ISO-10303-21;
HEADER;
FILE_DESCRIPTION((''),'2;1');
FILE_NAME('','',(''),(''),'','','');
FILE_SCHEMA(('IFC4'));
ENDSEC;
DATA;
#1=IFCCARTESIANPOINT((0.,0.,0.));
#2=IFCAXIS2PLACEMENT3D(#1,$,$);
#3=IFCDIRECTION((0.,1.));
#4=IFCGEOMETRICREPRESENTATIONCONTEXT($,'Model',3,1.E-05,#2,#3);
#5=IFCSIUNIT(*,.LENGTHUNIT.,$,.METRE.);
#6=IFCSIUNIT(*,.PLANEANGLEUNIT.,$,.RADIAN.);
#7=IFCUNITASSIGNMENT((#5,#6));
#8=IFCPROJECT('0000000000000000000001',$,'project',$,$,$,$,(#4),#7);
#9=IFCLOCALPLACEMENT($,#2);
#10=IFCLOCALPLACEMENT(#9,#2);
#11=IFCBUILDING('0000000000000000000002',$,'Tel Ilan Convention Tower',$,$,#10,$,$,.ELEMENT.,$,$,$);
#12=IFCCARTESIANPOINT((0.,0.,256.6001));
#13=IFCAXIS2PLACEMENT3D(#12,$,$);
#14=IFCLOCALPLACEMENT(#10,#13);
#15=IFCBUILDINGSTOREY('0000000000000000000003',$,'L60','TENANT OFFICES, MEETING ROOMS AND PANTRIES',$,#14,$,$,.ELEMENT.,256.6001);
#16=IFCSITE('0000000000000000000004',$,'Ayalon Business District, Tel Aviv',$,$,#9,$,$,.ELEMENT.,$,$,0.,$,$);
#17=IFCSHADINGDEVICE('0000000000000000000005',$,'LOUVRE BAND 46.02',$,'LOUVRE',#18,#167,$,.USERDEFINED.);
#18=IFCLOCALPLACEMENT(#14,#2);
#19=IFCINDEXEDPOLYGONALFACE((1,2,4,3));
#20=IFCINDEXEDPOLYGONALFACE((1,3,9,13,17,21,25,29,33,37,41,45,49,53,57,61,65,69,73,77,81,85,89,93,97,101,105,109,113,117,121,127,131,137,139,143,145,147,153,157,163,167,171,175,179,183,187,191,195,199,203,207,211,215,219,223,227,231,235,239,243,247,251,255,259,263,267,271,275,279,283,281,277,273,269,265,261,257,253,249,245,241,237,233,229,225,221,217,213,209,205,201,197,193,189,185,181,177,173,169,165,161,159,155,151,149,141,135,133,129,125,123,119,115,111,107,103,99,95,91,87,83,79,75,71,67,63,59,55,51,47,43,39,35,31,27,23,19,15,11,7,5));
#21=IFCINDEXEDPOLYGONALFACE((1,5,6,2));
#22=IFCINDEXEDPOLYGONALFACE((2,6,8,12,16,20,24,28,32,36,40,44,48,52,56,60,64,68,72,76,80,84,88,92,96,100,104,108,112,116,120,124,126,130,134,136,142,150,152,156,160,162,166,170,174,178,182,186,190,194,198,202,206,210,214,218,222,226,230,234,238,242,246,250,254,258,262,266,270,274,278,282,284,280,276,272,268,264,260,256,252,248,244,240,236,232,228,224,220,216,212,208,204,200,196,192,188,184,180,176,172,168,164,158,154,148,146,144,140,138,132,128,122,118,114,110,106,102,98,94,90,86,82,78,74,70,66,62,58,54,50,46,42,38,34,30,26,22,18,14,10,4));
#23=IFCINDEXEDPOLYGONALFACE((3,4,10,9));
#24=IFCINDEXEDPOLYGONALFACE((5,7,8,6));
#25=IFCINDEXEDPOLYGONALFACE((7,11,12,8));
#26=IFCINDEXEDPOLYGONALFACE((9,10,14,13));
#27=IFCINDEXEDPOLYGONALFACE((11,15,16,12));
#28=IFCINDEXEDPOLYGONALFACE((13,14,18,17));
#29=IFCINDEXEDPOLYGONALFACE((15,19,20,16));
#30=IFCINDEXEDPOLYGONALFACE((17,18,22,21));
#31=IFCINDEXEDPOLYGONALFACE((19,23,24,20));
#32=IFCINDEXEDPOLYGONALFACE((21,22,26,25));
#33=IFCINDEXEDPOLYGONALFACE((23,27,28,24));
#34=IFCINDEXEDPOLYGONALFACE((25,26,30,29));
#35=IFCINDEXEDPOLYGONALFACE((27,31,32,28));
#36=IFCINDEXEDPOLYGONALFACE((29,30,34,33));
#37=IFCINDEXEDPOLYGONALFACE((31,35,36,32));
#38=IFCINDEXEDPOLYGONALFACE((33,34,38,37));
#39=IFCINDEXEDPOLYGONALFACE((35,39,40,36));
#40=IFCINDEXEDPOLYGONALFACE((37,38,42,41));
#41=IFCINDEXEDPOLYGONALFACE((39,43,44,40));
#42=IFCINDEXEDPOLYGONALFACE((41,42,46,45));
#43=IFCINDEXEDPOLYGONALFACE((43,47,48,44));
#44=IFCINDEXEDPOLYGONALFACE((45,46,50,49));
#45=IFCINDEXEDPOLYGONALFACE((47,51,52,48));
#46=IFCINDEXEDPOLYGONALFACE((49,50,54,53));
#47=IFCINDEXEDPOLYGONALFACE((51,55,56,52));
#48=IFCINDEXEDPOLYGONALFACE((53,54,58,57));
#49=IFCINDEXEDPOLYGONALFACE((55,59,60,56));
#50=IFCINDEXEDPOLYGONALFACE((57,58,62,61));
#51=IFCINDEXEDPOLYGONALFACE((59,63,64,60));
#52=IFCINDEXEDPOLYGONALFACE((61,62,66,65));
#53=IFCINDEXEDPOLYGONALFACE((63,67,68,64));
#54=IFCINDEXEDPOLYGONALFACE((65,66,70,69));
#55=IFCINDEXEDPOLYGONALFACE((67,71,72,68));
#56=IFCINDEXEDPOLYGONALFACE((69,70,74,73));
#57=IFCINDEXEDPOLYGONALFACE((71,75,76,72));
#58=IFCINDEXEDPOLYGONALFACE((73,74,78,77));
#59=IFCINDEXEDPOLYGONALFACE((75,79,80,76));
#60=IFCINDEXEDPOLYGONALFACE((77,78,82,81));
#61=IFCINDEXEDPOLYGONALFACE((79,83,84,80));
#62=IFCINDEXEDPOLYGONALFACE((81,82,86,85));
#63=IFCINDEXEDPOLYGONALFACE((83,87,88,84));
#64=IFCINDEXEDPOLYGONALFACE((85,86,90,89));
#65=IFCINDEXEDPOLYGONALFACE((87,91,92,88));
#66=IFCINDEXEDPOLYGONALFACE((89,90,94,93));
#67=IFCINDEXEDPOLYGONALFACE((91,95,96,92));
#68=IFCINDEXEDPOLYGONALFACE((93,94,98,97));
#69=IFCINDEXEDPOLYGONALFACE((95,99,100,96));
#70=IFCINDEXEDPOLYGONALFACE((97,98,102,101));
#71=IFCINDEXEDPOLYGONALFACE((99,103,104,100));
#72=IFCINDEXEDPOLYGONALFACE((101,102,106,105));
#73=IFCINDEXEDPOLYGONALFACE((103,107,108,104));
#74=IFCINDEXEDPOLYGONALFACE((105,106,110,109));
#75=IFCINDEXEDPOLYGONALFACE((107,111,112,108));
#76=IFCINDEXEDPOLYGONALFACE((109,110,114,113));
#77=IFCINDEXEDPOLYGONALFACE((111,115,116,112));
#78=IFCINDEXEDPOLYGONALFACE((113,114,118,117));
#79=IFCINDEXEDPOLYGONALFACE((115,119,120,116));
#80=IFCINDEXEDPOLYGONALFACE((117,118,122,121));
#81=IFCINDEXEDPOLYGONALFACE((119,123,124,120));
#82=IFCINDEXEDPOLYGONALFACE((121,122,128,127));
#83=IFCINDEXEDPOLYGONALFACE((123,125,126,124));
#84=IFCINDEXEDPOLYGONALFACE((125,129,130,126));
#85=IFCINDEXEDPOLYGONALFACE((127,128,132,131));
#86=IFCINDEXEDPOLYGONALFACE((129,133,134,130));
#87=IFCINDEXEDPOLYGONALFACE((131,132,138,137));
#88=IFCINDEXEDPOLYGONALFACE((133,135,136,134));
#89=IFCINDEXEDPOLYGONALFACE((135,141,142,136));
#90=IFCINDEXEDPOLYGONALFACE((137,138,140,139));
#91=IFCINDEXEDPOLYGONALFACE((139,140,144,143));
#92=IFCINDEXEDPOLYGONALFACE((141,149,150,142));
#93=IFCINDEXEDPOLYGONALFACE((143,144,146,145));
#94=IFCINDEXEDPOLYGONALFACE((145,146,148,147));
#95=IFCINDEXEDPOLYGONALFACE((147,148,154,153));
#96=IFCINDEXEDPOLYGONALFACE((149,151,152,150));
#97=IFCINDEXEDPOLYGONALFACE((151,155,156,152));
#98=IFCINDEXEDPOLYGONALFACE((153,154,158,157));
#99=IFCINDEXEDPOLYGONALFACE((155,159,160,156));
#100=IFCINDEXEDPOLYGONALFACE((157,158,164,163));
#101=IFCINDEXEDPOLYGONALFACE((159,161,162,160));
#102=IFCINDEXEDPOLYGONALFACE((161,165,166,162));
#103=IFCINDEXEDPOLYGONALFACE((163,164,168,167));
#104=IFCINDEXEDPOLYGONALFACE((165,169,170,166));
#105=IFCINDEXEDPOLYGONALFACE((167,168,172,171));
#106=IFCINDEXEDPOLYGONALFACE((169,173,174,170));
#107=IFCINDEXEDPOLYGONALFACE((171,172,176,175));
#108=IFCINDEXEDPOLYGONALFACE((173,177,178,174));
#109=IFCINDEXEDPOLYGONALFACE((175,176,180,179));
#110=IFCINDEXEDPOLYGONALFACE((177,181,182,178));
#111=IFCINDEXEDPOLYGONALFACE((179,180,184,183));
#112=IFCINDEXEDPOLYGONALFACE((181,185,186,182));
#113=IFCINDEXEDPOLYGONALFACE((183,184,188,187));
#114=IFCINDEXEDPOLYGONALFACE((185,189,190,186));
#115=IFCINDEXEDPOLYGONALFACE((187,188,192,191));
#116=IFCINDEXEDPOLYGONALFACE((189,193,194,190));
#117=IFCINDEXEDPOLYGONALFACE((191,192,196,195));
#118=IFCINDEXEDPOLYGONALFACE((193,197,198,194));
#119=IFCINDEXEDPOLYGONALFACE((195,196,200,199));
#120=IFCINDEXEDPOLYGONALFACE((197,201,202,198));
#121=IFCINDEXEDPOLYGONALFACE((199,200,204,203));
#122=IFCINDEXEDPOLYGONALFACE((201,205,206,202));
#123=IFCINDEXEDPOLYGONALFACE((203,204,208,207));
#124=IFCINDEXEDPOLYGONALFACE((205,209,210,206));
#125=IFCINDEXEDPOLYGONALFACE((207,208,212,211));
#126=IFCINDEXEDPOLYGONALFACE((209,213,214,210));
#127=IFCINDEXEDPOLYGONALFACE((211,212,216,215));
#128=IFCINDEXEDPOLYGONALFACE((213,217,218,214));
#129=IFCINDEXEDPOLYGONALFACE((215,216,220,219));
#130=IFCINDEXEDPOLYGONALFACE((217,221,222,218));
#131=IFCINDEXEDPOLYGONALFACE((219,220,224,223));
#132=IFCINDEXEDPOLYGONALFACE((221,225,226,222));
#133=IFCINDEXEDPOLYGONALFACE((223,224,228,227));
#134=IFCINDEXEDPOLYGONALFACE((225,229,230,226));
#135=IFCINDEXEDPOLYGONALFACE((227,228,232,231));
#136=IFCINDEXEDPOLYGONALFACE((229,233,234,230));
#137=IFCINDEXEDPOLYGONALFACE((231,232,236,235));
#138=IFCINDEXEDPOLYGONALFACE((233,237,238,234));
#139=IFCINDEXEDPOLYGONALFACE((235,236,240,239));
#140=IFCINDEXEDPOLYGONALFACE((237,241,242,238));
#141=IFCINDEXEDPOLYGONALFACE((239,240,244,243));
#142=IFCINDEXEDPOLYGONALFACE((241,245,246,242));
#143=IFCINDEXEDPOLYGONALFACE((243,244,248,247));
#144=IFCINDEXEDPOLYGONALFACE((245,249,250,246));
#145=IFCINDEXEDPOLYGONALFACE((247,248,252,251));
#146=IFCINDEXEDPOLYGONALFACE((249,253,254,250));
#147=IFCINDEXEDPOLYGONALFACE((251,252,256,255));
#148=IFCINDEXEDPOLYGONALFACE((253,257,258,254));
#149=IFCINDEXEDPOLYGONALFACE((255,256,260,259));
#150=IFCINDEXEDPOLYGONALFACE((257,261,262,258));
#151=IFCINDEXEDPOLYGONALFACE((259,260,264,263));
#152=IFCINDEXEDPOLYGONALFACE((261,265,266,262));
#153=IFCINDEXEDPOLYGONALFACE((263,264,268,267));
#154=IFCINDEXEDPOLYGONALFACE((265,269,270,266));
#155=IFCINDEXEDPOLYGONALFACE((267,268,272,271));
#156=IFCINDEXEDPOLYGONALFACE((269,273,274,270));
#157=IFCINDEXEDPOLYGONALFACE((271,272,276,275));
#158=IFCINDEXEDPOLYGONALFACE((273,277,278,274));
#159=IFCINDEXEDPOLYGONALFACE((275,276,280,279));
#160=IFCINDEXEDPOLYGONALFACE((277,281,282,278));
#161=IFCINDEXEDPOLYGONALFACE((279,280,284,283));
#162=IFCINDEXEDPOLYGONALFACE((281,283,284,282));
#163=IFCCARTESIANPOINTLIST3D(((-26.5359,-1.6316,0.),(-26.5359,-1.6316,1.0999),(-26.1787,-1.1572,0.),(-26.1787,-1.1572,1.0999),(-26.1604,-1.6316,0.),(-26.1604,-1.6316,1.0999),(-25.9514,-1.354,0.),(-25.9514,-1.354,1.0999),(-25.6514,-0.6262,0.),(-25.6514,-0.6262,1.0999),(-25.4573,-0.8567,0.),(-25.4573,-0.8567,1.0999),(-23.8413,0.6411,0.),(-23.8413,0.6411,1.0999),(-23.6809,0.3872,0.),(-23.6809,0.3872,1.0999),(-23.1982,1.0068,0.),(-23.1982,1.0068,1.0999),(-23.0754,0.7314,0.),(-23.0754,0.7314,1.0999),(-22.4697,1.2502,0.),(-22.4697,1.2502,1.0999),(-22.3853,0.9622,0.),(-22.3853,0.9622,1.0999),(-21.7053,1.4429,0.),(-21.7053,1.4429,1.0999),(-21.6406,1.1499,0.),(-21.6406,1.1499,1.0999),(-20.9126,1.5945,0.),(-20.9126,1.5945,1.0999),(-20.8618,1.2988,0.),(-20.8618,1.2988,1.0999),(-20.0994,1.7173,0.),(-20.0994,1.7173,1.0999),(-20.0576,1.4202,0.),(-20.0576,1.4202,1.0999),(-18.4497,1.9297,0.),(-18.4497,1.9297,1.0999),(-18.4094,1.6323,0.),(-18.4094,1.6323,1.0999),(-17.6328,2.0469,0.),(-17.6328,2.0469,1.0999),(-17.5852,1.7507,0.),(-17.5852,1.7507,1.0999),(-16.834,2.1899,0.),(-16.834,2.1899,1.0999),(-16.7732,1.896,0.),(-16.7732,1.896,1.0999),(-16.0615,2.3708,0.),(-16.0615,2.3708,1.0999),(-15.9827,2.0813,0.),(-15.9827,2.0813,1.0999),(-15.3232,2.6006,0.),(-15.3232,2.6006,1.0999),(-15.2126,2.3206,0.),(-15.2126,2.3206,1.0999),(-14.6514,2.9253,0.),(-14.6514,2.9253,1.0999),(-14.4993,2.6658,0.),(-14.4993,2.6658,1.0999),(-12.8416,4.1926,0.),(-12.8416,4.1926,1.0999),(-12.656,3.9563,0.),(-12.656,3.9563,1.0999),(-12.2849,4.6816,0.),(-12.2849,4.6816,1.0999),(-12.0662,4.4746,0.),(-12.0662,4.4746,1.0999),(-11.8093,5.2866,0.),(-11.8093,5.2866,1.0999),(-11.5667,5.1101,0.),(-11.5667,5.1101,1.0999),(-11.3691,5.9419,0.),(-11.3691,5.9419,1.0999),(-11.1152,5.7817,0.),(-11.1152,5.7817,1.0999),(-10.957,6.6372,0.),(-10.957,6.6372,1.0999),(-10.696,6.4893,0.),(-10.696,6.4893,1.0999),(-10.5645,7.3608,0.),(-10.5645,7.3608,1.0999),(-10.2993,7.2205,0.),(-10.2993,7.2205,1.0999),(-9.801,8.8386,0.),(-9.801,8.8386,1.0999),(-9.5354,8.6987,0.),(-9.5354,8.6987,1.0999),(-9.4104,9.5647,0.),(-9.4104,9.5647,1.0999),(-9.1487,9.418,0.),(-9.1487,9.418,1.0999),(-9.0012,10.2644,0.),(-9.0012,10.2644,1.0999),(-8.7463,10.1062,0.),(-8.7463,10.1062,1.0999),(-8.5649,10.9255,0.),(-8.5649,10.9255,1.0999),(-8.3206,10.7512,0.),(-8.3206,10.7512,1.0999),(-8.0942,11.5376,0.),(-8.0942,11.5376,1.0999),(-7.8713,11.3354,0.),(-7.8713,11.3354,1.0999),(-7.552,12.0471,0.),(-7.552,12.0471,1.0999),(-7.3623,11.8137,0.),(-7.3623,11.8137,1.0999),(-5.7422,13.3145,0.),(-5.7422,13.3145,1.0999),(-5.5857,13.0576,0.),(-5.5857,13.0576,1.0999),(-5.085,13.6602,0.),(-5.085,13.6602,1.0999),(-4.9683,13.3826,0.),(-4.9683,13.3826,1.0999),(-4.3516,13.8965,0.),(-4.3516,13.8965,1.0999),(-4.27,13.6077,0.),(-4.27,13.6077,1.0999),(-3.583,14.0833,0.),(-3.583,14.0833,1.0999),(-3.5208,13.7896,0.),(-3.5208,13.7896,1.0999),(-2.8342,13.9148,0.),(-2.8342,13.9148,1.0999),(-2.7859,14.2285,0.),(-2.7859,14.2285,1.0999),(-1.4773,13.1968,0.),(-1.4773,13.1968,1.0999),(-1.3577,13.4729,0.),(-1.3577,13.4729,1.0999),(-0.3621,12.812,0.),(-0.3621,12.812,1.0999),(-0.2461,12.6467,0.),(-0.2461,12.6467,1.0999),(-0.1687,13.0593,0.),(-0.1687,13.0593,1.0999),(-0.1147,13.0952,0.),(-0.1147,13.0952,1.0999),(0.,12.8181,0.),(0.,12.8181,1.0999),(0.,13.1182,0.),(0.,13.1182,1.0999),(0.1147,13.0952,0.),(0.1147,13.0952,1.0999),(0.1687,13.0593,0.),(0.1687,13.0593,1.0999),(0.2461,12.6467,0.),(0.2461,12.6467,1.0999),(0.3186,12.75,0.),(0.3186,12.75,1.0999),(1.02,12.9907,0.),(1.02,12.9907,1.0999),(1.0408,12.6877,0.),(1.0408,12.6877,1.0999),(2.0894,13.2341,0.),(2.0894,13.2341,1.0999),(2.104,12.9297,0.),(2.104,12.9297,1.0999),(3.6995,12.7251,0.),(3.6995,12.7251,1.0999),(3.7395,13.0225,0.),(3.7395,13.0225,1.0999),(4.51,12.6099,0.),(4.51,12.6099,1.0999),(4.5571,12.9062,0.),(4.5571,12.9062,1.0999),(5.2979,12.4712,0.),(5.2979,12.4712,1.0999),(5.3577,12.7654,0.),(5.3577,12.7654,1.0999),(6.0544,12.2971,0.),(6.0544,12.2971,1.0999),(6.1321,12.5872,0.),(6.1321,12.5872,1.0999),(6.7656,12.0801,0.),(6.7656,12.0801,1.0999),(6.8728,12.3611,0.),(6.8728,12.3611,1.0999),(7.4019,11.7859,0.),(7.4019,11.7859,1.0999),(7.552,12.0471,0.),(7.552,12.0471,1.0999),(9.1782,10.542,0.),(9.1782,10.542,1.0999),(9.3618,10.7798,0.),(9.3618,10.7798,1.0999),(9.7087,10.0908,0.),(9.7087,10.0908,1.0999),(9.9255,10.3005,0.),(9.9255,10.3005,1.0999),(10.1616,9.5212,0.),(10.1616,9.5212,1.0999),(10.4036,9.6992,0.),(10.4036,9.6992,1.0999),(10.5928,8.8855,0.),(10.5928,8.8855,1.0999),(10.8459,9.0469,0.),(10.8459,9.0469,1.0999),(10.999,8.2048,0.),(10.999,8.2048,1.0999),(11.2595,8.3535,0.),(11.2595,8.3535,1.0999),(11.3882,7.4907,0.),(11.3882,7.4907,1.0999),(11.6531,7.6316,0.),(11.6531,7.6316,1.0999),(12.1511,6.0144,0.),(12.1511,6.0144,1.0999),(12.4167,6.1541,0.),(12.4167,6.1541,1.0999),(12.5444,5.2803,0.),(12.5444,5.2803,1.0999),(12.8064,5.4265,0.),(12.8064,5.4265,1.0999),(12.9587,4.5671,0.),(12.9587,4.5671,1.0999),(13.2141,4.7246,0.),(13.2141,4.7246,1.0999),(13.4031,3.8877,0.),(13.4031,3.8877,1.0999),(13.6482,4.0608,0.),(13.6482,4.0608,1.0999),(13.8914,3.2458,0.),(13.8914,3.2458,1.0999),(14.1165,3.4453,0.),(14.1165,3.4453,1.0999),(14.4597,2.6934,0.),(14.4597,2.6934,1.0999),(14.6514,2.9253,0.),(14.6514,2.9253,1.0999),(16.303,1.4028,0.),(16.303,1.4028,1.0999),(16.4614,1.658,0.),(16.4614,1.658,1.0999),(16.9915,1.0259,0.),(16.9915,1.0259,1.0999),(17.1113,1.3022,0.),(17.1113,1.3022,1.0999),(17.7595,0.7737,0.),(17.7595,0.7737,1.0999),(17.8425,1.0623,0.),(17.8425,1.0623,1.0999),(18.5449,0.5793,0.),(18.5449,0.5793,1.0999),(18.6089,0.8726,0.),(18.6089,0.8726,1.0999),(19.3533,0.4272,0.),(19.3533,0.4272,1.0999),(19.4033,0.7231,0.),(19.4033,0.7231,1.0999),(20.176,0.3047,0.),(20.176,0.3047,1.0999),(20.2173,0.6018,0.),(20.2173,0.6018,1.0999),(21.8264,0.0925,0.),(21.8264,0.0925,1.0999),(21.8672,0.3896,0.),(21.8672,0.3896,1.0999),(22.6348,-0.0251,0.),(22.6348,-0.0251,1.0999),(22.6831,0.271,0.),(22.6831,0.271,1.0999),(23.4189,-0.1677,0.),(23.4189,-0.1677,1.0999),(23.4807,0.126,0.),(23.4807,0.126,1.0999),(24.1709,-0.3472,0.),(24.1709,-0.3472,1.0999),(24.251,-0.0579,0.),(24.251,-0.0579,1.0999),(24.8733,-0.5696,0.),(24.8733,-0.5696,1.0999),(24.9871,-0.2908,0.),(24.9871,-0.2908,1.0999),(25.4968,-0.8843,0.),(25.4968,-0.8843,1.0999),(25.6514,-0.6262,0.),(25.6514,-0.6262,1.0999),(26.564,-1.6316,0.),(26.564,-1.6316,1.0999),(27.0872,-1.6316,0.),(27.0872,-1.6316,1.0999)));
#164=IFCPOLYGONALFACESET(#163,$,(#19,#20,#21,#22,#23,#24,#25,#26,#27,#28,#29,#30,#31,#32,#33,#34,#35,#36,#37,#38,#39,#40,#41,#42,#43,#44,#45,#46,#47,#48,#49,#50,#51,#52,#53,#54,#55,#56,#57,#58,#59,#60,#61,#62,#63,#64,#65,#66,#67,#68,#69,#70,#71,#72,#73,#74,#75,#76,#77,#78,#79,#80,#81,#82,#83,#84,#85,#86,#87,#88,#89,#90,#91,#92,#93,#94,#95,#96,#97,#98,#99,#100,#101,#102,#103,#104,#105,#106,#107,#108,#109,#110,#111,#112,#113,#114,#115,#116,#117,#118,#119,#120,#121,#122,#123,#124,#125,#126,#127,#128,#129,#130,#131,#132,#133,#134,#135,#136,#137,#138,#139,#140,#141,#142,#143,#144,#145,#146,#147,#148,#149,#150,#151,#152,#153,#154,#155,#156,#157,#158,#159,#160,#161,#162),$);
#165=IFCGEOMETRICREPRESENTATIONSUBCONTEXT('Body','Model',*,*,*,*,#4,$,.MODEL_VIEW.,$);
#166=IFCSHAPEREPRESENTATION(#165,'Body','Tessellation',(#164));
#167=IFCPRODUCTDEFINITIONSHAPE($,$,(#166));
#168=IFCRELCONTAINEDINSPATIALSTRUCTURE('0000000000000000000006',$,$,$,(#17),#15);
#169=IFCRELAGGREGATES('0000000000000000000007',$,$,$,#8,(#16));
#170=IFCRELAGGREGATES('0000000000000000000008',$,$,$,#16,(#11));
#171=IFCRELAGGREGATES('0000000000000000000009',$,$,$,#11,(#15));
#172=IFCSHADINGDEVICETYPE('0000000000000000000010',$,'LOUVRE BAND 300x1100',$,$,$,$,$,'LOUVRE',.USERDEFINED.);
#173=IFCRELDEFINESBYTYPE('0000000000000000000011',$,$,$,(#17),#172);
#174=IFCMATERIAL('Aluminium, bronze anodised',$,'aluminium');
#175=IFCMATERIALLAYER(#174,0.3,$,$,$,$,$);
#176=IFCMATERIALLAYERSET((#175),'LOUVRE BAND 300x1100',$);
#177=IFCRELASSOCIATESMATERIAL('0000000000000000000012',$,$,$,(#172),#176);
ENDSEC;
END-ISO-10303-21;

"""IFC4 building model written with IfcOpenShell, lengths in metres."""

from ifc_helpers import new_model, si_unit, direction, frame, origin, place, context, subcontext, project, spatial, polyline, outline, extrude, material, layer, layer_set, type_object, element, save


model = new_model("IFC4")

# Units and contexts
model_context = context("Model", 3, precision=1e-05, world=origin(), true_north=direction((0.0, 1.0)))
body_context = subcontext(model_context, "Body", "Model", "MODEL_VIEW")
ifc_project = project(units=[si_unit("LENGTHUNIT", "METRE"), si_unit("PLANEANGLEUNIT", "RADIAN")], contexts=[model_context])

# Site, building, storey
site_placement = place(None, origin())
site = spatial("IfcSite", under=ifc_project, at=site_placement, Name="Ayalon Business District, Tel Aviv", CompositionType="ELEMENT", RefElevation=0.0)
building_placement = place(site_placement, origin())
building = spatial("IfcBuilding", under=site, at=building_placement, Name="Tel Ilan Convention Tower", CompositionType="ELEMENT")
storey_placement = place(building_placement, frame((0.0, 0.0, 256.6001)))
storey = spatial("IfcBuildingStorey", under=building, at=storey_placement, Name="L60", Description="TENANT OFFICES, MEETING ROOMS AND PANTRIES", CompositionType="ELEMENT", Elevation=256.6001)

# Shading device
ifc_material_1 = material(Name="Aluminium, bronze anodised", Category="aluminium")
ifc_layer_1 = layer(ifc_material_1, 0.3)
ifc_layer_set_1 = layer_set([ifc_layer_1], Name="LOUVRE BAND 300x1100")
shading_device_type_1 = type_object("IfcShadingDeviceType", Name="LOUVRE BAND 300x1100", ElementType="LOUVRE", PredefinedType="USERDEFINED", material=ifc_layer_set_1)
shading_device_1_placement = place(storey_placement, origin())
element("IfcShadingDevice", 1, at=shading_device_1_placement, inside=storey, type_object=shading_device_type_1, Name="LOUVRE BAND 46.02", ObjectType="LOUVRE", PredefinedType="USERDEFINED", context=body_context, shape_type="SweptSolid", body=[
    extrude(outline(polyline([(-26.1787, -1.1572), (-26.5359, -1.6316), (-26.1604, -1.6316), (-25.9514, -1.354), (-25.4573, -0.8567), (-23.6809, 0.3872), (-23.0754, 0.7314), (-22.3853, 0.9622), (-21.6406, 1.1499), (-20.8618, 1.2988), (-20.0576, 1.4202), (-18.4094, 1.6323), (-17.5852, 1.7507), (-16.7732, 1.896), (-15.9827, 2.0813), (-15.2126, 2.3206), (-14.4993, 2.6658), (-12.656, 3.9563), (-12.0662, 4.4746), (-11.5667, 5.1101), (-11.1152, 5.7817), (-10.696, 6.4893), (-10.2993, 7.2205), (-9.5354, 8.6987), (-9.1487, 9.418), (-8.7463, 10.1062), (-8.3206, 10.7512), (-7.8713, 11.3354), (-7.3623, 11.8137), (-5.5857, 13.0576), (-4.9683, 13.3826), (-4.27, 13.6077), (-3.5208, 13.7896), (-2.8342, 13.9148), (-1.4773, 13.1968), (-0.3621, 12.812), (-0.2461, 12.6467), (0.0, 12.8181), (0.2461, 12.6467), (0.3186, 12.75), (1.0408, 12.6877), (2.104, 12.9297), (3.6995, 12.7251), (4.51, 12.6099), (5.2979, 12.4712), (6.0544, 12.2971), (6.7656, 12.0801), (7.4019, 11.7859), (9.1782, 10.542), (9.7087, 10.0908), (10.1616, 9.5212), (10.5928, 8.8855), (10.999, 8.2048), (11.3882, 7.4907), (12.1511, 6.0144), (12.5444, 5.2803), (12.9587, 4.5671), (13.4031, 3.8877), (13.8914, 3.2458), (14.4597, 2.6934), (16.303, 1.4028), (16.9915, 1.0259), (17.7595, 0.7737), (18.5449, 0.5793), (19.3533, 0.4272), (20.176, 0.3047), (21.8264, 0.0925), (22.6348, -0.0251), (23.4189, -0.1677), (24.1709, -0.3472), (24.8733, -0.5696), (25.4968, -0.8843), (26.564, -1.6316), (27.0872, -1.6316), (25.6514, -0.6262), (24.9871, -0.2908), (24.251, -0.0579), (23.4807, 0.126), (22.6831, 0.271), (21.8672, 0.3896), (20.2173, 0.6018), (19.4033, 0.7231), (18.6089, 0.8726), (17.8425, 1.0623), (17.1113, 1.3022), (16.4614, 1.658), (14.6514, 2.9253), (14.1165, 3.4453), (13.6482, 4.0608), (13.2141, 4.7246), (12.8064, 5.4265), (12.4167, 6.1541), (11.6531, 7.6316), (11.2595, 8.3535), (10.8459, 9.0469), (10.4036, 9.6992), (9.9255, 10.3005), (9.3618, 10.7798), (7.552, 12.0471), (6.8728, 12.3611), (6.1321, 12.5872), (5.3577, 12.7654), (4.5571, 12.9062), (3.7395, 13.0225), (2.0894, 13.2341), (1.02, 12.9907), (0.1687, 13.0593), (0.1147, 13.0952), (0.0, 13.1182), (-0.1147, 13.0952), (-0.1687, 13.0593), (-1.3577, 13.4729), (-2.7859, 14.2285), (-3.583, 14.0833), (-4.3516, 13.8965), (-5.085, 13.6602), (-5.7422, 13.3145), (-7.552, 12.0471), (-8.0942, 11.5376), (-8.5649, 10.9255), (-9.0012, 10.2644), (-9.4104, 9.5647), (-9.801, 8.8386), (-10.5645, 7.3608), (-10.957, 6.6372), (-11.3691, 5.9419), (-11.8093, 5.2866), (-12.2849, 4.6816), (-12.8416, 4.1926), (-14.6514, 2.9253), (-15.3232, 2.6006), (-16.0615, 2.3708), (-16.834, 2.1899), (-17.6328, 2.0469), (-18.4497, 1.9297), (-20.0994, 1.7173), (-20.9126, 1.5945), (-21.7053, 1.4429), (-22.4697, 1.2502), (-23.1982, 1.0068), (-23.8413, 0.6411), (-25.6514, -0.6262), (-26.1787, -1.1572)])), origin(), (0.0, 0.0, 1.0), 1.0999),
])

save(model, "model.ifc")
